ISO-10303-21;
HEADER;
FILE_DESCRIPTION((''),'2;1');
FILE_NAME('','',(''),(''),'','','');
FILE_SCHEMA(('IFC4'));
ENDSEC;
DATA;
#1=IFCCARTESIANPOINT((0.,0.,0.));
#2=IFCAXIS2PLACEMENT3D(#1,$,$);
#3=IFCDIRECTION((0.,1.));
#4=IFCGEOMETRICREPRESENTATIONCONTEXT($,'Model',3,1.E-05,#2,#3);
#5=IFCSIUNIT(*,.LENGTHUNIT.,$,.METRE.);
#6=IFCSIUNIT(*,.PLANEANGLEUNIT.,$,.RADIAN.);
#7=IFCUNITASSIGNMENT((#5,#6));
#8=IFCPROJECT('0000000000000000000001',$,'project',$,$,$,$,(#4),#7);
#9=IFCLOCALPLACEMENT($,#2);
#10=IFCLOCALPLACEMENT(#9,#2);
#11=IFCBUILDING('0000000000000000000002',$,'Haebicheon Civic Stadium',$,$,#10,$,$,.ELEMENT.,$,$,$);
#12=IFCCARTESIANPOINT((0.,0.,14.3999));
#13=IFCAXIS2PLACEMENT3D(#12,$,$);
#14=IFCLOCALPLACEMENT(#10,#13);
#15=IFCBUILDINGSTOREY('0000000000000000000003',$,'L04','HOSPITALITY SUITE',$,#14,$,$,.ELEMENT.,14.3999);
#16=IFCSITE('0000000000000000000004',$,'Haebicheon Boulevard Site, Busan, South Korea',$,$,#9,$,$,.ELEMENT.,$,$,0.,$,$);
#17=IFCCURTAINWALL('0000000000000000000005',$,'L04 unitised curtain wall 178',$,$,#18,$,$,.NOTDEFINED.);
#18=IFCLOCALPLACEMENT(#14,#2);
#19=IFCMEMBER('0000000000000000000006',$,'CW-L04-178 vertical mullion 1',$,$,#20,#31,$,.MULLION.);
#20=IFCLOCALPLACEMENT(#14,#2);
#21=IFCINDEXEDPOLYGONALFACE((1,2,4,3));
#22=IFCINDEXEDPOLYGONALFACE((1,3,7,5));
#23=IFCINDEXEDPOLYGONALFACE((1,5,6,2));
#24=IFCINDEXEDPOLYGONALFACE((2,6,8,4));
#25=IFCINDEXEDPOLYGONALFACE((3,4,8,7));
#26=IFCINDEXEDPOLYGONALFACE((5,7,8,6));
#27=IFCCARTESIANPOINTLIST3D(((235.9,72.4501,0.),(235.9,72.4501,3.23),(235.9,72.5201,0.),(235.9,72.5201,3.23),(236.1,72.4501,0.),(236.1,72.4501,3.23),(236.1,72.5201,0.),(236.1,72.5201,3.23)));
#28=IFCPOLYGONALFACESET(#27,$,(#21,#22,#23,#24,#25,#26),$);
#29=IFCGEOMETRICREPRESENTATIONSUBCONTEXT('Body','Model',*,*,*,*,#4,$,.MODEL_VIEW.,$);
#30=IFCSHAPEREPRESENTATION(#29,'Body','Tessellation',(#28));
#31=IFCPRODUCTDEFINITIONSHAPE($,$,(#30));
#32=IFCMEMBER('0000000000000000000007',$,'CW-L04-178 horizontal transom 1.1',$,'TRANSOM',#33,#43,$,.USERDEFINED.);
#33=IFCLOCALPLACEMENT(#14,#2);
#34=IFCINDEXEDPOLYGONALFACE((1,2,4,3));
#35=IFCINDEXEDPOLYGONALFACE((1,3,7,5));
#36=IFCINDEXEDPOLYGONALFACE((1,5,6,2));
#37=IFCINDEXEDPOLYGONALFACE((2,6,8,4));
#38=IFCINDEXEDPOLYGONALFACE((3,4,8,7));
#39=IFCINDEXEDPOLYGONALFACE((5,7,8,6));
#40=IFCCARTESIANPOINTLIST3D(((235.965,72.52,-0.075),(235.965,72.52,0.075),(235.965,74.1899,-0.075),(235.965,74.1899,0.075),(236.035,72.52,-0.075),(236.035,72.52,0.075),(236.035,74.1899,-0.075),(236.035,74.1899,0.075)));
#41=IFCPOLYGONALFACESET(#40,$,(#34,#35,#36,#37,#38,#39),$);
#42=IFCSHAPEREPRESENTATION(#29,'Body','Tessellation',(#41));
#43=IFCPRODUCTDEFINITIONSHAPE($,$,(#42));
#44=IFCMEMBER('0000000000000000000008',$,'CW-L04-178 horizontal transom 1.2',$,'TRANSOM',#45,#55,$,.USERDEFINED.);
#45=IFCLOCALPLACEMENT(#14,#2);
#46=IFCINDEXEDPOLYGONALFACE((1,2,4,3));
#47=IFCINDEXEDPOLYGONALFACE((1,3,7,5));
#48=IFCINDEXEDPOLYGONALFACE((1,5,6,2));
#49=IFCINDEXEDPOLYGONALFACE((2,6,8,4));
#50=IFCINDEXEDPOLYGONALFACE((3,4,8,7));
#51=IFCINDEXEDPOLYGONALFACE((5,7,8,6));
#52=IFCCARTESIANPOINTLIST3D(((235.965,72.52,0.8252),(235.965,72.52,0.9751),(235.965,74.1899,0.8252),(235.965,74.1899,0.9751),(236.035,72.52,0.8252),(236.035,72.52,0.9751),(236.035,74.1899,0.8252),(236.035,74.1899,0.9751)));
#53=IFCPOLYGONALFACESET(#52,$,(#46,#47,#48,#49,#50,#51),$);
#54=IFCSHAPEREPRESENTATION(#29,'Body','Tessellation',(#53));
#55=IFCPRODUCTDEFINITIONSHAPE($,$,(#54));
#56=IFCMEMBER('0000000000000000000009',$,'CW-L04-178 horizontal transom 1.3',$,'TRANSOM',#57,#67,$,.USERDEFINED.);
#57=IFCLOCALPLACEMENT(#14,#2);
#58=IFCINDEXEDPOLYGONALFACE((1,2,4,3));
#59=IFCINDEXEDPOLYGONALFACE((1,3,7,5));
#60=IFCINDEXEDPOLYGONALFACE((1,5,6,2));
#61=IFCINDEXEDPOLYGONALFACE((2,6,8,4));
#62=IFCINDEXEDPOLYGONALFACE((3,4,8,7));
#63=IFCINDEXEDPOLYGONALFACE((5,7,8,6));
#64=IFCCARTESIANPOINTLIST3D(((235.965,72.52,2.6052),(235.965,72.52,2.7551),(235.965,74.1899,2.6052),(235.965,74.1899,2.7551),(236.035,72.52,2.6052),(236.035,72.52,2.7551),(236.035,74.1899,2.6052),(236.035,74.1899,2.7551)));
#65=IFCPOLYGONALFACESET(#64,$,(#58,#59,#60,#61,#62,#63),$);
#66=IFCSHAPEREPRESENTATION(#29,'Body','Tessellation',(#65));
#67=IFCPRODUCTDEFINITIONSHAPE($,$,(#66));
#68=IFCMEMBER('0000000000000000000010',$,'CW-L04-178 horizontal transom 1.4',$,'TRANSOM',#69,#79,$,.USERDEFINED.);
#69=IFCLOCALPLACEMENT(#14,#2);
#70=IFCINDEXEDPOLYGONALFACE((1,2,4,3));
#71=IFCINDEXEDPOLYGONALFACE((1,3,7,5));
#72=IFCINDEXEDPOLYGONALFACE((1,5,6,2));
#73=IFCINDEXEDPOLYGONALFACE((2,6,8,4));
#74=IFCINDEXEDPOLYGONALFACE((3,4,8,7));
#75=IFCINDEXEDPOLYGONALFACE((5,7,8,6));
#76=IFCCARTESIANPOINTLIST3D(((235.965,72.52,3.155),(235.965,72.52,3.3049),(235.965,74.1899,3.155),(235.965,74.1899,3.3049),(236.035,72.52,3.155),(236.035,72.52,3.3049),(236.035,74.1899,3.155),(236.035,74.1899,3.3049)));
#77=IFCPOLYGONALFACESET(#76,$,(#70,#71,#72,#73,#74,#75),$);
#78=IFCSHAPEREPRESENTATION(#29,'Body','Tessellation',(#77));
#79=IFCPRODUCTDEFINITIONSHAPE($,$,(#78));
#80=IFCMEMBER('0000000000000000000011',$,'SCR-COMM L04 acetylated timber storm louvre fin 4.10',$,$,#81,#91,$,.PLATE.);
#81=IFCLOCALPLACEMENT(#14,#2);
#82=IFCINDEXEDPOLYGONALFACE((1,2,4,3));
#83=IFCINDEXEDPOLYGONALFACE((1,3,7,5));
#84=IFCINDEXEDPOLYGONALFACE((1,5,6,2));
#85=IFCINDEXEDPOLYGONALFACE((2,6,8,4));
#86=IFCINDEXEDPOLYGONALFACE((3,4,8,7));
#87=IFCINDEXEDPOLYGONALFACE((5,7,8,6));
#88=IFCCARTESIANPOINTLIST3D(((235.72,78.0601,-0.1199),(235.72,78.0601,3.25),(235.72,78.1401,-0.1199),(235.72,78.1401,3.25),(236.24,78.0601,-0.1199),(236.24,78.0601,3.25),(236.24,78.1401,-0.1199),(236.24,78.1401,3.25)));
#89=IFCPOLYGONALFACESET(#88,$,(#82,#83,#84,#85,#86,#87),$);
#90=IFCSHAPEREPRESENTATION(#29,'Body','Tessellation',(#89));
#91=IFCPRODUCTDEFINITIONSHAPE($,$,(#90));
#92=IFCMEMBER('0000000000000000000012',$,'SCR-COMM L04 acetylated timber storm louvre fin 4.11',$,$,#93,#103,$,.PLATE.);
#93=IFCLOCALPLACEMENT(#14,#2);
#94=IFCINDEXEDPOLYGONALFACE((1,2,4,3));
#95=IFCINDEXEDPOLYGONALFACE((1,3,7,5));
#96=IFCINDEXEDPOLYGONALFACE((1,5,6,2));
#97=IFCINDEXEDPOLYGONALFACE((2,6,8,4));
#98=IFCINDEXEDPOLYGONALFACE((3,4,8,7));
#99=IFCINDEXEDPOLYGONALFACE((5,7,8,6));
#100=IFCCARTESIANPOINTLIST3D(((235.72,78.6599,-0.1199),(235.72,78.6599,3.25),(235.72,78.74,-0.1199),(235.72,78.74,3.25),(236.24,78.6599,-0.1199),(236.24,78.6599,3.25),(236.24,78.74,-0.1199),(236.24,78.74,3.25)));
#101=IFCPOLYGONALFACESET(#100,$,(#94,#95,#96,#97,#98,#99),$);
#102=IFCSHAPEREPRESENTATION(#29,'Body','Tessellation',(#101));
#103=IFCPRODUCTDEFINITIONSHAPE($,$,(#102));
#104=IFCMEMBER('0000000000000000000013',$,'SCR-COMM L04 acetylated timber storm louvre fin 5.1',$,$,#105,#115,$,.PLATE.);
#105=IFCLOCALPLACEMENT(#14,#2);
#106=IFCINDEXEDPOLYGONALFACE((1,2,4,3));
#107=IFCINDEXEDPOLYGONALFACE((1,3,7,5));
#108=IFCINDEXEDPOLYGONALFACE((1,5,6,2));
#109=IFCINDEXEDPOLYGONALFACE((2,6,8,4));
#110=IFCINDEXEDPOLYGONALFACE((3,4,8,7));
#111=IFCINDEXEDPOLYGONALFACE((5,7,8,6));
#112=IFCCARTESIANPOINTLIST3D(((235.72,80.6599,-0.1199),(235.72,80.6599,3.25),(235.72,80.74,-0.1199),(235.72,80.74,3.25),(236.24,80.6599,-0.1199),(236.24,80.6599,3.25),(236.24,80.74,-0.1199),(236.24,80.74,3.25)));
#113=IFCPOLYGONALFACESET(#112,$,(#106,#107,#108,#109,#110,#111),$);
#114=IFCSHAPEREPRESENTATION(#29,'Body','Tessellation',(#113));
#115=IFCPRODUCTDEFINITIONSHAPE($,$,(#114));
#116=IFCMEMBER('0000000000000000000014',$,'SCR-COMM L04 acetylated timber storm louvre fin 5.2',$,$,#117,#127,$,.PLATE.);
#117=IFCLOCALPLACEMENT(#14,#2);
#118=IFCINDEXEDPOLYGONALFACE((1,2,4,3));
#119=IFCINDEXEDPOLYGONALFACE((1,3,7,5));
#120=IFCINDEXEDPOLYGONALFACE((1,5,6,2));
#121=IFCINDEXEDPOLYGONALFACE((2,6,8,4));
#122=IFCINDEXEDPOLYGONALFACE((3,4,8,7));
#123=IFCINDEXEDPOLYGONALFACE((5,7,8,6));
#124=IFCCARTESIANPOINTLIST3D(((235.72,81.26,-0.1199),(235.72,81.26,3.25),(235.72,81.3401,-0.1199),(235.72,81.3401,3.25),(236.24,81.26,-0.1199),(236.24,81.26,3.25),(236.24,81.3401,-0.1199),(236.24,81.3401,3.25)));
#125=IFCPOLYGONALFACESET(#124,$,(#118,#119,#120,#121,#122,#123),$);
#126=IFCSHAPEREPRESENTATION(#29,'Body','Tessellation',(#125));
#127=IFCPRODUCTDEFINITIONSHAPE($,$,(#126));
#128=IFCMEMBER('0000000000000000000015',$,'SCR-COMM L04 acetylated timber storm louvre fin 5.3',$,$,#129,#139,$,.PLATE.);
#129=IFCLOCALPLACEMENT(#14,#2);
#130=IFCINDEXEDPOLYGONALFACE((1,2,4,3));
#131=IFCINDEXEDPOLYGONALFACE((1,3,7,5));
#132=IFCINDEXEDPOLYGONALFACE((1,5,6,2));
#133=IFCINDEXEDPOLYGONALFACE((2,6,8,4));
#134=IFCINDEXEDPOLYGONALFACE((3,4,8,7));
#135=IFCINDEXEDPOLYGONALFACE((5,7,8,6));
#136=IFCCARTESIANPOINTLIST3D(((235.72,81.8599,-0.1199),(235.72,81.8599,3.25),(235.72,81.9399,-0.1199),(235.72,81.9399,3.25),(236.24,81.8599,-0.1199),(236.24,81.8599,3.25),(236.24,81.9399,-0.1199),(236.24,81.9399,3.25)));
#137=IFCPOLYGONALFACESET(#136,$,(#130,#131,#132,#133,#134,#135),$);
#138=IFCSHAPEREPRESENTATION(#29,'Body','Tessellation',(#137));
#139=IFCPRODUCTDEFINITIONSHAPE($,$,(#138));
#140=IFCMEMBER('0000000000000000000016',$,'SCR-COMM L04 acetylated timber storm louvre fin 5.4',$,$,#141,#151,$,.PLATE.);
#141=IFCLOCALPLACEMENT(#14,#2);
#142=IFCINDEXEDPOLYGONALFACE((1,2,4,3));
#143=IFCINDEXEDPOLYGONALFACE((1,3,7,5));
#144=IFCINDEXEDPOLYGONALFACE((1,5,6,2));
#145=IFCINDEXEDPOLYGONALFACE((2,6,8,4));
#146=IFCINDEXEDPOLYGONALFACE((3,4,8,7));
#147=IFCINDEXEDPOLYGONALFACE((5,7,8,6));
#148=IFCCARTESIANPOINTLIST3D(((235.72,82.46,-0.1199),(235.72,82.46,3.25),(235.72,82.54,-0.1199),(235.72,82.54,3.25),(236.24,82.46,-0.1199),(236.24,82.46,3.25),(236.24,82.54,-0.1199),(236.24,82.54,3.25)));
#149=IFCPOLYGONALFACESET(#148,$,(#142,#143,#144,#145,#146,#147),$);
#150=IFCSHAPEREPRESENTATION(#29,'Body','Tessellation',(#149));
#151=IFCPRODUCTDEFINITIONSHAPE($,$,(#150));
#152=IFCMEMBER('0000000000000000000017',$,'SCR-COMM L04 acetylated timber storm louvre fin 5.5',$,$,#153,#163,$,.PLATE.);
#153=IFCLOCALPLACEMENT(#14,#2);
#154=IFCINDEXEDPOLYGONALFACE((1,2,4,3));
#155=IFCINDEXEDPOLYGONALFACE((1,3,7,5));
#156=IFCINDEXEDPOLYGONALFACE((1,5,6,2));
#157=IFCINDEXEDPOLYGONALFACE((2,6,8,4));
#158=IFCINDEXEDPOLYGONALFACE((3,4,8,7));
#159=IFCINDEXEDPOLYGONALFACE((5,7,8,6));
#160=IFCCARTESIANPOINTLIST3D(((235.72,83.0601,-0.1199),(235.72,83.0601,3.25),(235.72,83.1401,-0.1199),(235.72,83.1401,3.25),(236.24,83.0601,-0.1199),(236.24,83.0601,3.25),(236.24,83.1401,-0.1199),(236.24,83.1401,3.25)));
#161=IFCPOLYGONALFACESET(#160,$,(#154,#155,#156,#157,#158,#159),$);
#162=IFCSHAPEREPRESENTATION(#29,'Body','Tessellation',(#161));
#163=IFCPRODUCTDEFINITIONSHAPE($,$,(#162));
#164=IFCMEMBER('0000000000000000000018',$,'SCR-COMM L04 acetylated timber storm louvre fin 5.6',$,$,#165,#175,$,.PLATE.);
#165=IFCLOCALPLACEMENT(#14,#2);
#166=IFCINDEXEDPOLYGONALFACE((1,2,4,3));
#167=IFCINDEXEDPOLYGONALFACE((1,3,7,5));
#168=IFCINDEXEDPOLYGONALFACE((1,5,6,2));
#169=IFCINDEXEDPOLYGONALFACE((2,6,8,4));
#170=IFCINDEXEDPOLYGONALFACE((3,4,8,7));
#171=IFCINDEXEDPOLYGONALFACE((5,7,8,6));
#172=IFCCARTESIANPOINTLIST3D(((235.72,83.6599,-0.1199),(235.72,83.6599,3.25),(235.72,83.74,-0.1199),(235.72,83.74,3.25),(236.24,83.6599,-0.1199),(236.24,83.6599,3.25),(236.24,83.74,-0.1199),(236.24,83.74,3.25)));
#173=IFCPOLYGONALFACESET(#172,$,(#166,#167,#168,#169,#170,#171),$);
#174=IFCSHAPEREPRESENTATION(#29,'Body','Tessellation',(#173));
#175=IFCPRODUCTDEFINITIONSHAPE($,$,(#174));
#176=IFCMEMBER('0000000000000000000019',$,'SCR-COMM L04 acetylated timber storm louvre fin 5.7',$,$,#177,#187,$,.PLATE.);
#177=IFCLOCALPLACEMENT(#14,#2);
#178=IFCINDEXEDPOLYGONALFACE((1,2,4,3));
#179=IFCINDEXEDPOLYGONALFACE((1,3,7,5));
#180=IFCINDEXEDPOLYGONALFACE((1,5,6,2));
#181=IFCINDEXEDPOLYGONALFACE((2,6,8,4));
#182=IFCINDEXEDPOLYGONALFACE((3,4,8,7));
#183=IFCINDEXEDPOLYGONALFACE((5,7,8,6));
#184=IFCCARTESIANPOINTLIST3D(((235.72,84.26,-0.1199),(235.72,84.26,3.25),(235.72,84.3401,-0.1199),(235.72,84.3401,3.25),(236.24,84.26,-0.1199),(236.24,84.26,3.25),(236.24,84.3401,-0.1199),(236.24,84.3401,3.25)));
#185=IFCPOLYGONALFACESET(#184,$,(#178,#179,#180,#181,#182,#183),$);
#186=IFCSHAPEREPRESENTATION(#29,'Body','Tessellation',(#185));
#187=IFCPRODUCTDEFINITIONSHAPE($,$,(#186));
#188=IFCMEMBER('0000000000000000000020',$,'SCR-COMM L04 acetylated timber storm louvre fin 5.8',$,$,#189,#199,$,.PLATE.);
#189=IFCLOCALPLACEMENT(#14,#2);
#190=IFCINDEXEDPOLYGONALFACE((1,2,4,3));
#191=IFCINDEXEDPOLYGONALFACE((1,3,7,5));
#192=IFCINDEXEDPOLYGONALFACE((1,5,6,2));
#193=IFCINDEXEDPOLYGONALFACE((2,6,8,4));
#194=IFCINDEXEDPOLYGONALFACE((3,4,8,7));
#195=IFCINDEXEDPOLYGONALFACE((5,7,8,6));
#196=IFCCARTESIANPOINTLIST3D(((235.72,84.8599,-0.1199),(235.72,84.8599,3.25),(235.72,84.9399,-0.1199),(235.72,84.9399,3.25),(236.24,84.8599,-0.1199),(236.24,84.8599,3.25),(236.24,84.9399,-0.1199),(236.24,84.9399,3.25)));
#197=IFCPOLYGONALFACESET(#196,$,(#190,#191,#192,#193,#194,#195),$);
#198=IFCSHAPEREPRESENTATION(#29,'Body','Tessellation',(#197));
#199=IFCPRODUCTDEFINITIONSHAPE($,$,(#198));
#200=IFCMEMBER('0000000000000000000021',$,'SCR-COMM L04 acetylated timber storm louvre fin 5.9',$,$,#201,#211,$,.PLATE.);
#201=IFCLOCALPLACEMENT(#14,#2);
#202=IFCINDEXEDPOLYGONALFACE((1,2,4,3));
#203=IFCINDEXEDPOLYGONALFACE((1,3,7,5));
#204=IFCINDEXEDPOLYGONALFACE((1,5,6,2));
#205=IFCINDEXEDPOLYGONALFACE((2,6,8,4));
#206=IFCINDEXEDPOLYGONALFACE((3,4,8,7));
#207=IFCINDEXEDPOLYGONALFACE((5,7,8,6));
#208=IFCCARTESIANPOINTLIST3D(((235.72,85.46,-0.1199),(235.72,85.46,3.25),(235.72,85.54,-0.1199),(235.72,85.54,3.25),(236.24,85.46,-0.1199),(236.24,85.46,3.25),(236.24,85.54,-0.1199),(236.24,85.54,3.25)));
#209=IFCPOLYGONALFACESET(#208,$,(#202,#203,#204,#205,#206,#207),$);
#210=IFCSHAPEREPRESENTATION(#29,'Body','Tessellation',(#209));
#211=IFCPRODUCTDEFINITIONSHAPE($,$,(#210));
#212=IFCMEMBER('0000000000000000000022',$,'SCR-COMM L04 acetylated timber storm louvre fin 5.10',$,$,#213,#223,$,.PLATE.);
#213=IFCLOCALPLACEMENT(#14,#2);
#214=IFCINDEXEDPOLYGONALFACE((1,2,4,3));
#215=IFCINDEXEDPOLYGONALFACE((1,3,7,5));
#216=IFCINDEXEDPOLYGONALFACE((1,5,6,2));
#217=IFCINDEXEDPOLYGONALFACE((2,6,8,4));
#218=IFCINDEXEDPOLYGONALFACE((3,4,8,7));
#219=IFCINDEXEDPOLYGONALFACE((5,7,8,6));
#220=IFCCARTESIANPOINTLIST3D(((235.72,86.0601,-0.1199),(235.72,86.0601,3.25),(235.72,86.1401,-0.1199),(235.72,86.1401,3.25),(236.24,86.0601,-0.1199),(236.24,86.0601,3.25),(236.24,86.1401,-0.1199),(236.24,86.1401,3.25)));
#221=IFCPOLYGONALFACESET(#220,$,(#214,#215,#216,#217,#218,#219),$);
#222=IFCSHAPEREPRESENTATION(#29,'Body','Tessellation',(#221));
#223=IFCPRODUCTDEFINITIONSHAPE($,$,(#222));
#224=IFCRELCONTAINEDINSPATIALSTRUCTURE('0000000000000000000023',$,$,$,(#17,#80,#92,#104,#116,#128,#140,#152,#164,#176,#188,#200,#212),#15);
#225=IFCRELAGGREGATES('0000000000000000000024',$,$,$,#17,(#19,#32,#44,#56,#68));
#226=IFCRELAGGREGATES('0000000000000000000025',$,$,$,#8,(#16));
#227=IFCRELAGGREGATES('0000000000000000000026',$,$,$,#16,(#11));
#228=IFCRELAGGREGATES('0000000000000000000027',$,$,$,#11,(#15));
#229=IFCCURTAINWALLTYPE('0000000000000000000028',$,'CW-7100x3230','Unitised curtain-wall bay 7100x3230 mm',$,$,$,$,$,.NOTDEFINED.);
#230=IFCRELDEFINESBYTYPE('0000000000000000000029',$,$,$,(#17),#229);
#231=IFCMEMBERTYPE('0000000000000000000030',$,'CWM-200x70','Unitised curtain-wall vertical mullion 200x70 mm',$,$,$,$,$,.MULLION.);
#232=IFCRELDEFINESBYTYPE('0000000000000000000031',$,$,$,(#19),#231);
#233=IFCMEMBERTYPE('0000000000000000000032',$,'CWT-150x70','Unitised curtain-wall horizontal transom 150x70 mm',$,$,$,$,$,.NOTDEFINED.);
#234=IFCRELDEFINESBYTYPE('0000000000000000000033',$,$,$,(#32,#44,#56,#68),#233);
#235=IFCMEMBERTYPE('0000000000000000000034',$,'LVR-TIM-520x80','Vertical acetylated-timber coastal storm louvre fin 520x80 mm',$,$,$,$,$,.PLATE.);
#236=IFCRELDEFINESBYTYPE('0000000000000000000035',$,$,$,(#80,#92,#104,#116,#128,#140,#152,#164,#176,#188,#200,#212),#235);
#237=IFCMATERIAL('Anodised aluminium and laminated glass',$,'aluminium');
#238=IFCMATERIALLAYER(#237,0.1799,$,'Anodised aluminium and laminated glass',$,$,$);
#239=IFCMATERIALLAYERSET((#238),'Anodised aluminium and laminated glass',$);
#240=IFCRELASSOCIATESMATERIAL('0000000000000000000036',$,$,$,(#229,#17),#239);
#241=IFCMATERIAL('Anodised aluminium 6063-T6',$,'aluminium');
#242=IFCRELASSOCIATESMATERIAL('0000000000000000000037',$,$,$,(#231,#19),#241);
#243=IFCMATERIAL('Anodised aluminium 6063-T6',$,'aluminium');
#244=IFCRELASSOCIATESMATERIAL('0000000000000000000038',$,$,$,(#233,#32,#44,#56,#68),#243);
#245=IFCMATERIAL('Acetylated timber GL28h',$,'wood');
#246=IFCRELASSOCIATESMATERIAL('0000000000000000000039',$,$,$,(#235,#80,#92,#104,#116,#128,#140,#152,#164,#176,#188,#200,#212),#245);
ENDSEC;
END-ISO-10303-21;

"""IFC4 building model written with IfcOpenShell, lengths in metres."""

from ifc_helpers import new_model, si_unit, direction, frame, origin, origin_2d, place, context, subcontext, project, spatial, rectangle, extrude, material, layer, layer_set, material_profile, profile_set, type_object, element, aggregate, save


model = new_model("IFC4")

# Units and contexts
model_context = context("Model", 3, precision=1e-05, world=origin(), true_north=direction((0.0, 1.0)))
body_context = subcontext(model_context, "Body", "Model", "MODEL_VIEW")
ifc_project = project(units=[si_unit("LENGTHUNIT", "METRE"), si_unit("PLANEANGLEUNIT", "RADIAN")], contexts=[model_context])

# Site, building, storey
site_placement = place(None, origin())
site = spatial("IfcSite", under=ifc_project, at=site_placement, Name="Haebicheon Boulevard Site, Busan, South Korea", CompositionType="ELEMENT", RefElevation=0.0)
building_placement = place(site_placement, origin())
building = spatial("IfcBuilding", under=site, at=building_placement, Name="Haebicheon Civic Stadium", CompositionType="ELEMENT")
storey_placement = place(building_placement, frame((0.0, 0.0, 14.3999)))
storey = spatial("IfcBuildingStorey", under=building, at=storey_placement, Name="L04", Description="HOSPITALITY SUITE", CompositionType="ELEMENT", Elevation=14.3999)

# Curtain wall, members
ifc_material_1 = material(Name="Anodised aluminium and laminated glass", Category="aluminium")
ifc_layer_1 = layer(ifc_material_1, 0.1799, Name="Anodised aluminium and laminated glass")
ifc_layer_set_1 = layer_set([ifc_layer_1], Name="Anodised aluminium and laminated glass")
curtain_wall_type = type_object("IfcCurtainWallType", Name="CW-7100x3230", Description="Unitised curtain-wall bay 7100x3230 mm", PredefinedType="NOTDEFINED", material=ifc_layer_set_1)
curtain_wall_placement = place(storey_placement, origin())
curtain_wall = element("IfcCurtainWall", 1, at=curtain_wall_placement, inside=storey, type_object=curtain_wall_type, material=ifc_layer_set_1, Name="L04 unitised curtain wall 178", PredefinedType="NOTDEFINED")
ifc_material_2 = material(Name="Anodised aluminium 6063-T6", Category="aluminium")
ifc_material_profile_1 = material_profile(ifc_material_2, rectangle(XDim=0.0701, YDim=0.2, at=origin_2d()), Name="ALU-MULL-70x200")
ifc_profile_set_1 = profile_set([ifc_material_profile_1], Name="Anodised aluminium 6063-T6")
member_type_1 = type_object("IfcMemberType", Name="CWM-200x70", Description="Unitised curtain-wall vertical mullion 200x70 mm", PredefinedType="MULLION", material=ifc_profile_set_1)
member_1_placement = place(storey_placement, frame((236.0, 72.4851, 0.0), z_axis=(0.0, 0.0, 1.0), x_axis=(0.0, 1.0, 0.0)))
member_1 = element("IfcMember", 2, at=member_1_placement, type_object=member_type_1, material=ifc_profile_set_1, Name="CW-L04-178 vertical mullion 1", PredefinedType="MULLION", context=body_context, shape_type="SweptSolid", body=[
    extrude(rectangle(XDim=0.0701, YDim=0.2, at=origin_2d()), origin(), (0.0, 0.0, 1.0), 3.23),
])
ifc_material_3 = material(Name="Anodised aluminium 6063-T6", Category="aluminium")
ifc_material_profile_2 = material_profile(ifc_material_3, rectangle(XDim=0.0701, YDim=0.1499, at=origin_2d()), Name="ALU-TRAN-70x150")
ifc_profile_set_2 = profile_set([ifc_material_profile_2], Name="Anodised aluminium 6063-T6")
member_type_2 = type_object("IfcMemberType", Name="CWT-150x70", Description="Unitised curtain-wall horizontal transom 150x70 mm", PredefinedType="NOTDEFINED", material=ifc_profile_set_2)
member_2_placement = place(storey_placement, frame((236.0, 72.52, 0.0), z_axis=(0.0, 1.0, 0.0), x_axis=(-1.0, 0.0, 0.0)))
member_2 = element("IfcMember", 3, at=member_2_placement, type_object=member_type_2, material=ifc_profile_set_2, Name="CW-L04-178 horizontal transom 1.1", ObjectType="TRANSOM", PredefinedType="USERDEFINED", context=body_context, shape_type="SweptSolid", body=[
    extrude(rectangle(XDim=0.0701, YDim=0.1499, at=origin_2d()), origin(), (0.0, 0.0, 1.0), 1.6699),
])
member_3_placement = place(storey_placement, frame((236.0, 72.52, 0.9001), z_axis=(0.0, 1.0, 0.0), x_axis=(-1.0, 0.0, 0.0)))
member_3 = element("IfcMember", 4, at=member_3_placement, type_object=member_type_2, material=ifc_profile_set_2, Name="CW-L04-178 horizontal transom 1.2", ObjectType="TRANSOM", PredefinedType="USERDEFINED", context=body_context, shape_type="SweptSolid", body=[
    extrude(rectangle(XDim=0.0701, YDim=0.1499, at=origin_2d()), origin(), (0.0, 0.0, 1.0), 1.6699),
])
member_4_placement = place(storey_placement, frame((236.0, 72.52, 2.6802), z_axis=(0.0, 1.0, 0.0), x_axis=(-1.0, 0.0, 0.0)))
member_4 = element("IfcMember", 5, at=member_4_placement, type_object=member_type_2, material=ifc_profile_set_2, Name="CW-L04-178 horizontal transom 1.3", ObjectType="TRANSOM", PredefinedType="USERDEFINED", context=body_context, shape_type="SweptSolid", body=[
    extrude(rectangle(XDim=0.0701, YDim=0.1499, at=origin_2d()), origin(), (0.0, 0.0, 1.0), 1.6699),
])
member_5_placement = place(storey_placement, frame((236.0, 72.52, 3.23), z_axis=(0.0, 1.0, 0.0), x_axis=(-1.0, 0.0, 0.0)))
member_5 = element("IfcMember", 6, at=member_5_placement, type_object=member_type_2, material=ifc_profile_set_2, Name="CW-L04-178 horizontal transom 1.4", ObjectType="TRANSOM", PredefinedType="USERDEFINED", context=body_context, shape_type="SweptSolid", body=[
    extrude(rectangle(XDim=0.0701, YDim=0.1499, at=origin_2d()), origin(), (0.0, 0.0, 1.0), 1.6699),
])

# Members
ifc_material_4 = material(Name="Acetylated timber GL28h", Category="wood")
ifc_material_profile_3 = material_profile(ifc_material_4, rectangle(XDim=0.0801, YDim=0.52, at=origin_2d()), Name="TMB-LOUV-80x520")
ifc_profile_set_3 = profile_set([ifc_material_profile_3], Name="Acetylated timber GL28h")
member_type_3 = type_object("IfcMemberType", Name="LVR-TIM-520x80", Description="Vertical acetylated-timber coastal storm louvre fin 520x80 mm", PredefinedType="PLATE", material=ifc_profile_set_3)
for number, where, z_axis, x_axis, name in (
    (7, (235.98, 78.1001, -0.1199), (0.0, 0.0, 1.0), (0.0, 1.0, 0.0), "SCR-COMM L04 acetylated timber storm louvre fin 4.10"),
    (8, (235.98, 78.7, -0.1199), (0.0, 0.0, 1.0), (0.0, 1.0, 0.0), "SCR-COMM L04 acetylated timber storm louvre fin 4.11"),
    (9, (235.98, 80.7, -0.1199), (0.0, 0.0, 1.0), (0.0, 1.0, 0.0), "SCR-COMM L04 acetylated timber storm louvre fin 5.1"),
    (10, (235.98, 81.3, -0.1199), (0.0, 0.0, 1.0), (0.0, 1.0, 0.0), "SCR-COMM L04 acetylated timber storm louvre fin 5.2"),
    (11, (235.98, 81.8999, -0.1199), (0.0, 0.0, 1.0), (0.0, 1.0, 0.0), "SCR-COMM L04 acetylated timber storm louvre fin 5.3"),
    (12, (235.98, 82.5, -0.1199), (0.0, 0.0, 1.0), (0.0, 1.0, 0.0), "SCR-COMM L04 acetylated timber storm louvre fin 5.4"),
    (13, (235.98, 83.1001, -0.1199), (0.0, 0.0, 1.0), (0.0, 1.0, 0.0), "SCR-COMM L04 acetylated timber storm louvre fin 5.5"),
    (14, (235.98, 83.7, -0.1199), (0.0, 0.0, 1.0), (0.0, 1.0, 0.0), "SCR-COMM L04 acetylated timber storm louvre fin 5.6"),
    (15, (235.98, 84.3, -0.1199), (0.0, 0.0, 1.0), (0.0, 1.0, 0.0), "SCR-COMM L04 acetylated timber storm louvre fin 5.7"),
    (16, (235.98, 84.8999, -0.1199), (0.0, 0.0, 1.0), (0.0, 1.0, 0.0), "SCR-COMM L04 acetylated timber storm louvre fin 5.8"),
    (17, (235.98, 85.5, -0.1199), (0.0, 0.0, 1.0), (0.0, 1.0, 0.0), "SCR-COMM L04 acetylated timber storm louvre fin 5.9"),
    (18, (235.98, 86.1001, -0.1199), (0.0, 0.0, 1.0), (0.0, 1.0, 0.0), "SCR-COMM L04 acetylated timber storm louvre fin 5.10"),
):
    element("IfcMember", number, at=place(storey_placement, frame(where, z_axis=z_axis, x_axis=x_axis)), inside=storey, type_object=member_type_3, material=ifc_profile_set_3, Name=name, PredefinedType="PLATE", context=body_context, shape_type="SweptSolid", body=[
        extrude(rectangle(XDim=0.0801, YDim=0.52, at=origin_2d()), origin(), (0.0, 0.0, 1.0), 3.3699),
    ])

aggregate(curtain_wall, [member_1, member_2, member_3, member_4, member_5])

save(model, "model.ifc")
